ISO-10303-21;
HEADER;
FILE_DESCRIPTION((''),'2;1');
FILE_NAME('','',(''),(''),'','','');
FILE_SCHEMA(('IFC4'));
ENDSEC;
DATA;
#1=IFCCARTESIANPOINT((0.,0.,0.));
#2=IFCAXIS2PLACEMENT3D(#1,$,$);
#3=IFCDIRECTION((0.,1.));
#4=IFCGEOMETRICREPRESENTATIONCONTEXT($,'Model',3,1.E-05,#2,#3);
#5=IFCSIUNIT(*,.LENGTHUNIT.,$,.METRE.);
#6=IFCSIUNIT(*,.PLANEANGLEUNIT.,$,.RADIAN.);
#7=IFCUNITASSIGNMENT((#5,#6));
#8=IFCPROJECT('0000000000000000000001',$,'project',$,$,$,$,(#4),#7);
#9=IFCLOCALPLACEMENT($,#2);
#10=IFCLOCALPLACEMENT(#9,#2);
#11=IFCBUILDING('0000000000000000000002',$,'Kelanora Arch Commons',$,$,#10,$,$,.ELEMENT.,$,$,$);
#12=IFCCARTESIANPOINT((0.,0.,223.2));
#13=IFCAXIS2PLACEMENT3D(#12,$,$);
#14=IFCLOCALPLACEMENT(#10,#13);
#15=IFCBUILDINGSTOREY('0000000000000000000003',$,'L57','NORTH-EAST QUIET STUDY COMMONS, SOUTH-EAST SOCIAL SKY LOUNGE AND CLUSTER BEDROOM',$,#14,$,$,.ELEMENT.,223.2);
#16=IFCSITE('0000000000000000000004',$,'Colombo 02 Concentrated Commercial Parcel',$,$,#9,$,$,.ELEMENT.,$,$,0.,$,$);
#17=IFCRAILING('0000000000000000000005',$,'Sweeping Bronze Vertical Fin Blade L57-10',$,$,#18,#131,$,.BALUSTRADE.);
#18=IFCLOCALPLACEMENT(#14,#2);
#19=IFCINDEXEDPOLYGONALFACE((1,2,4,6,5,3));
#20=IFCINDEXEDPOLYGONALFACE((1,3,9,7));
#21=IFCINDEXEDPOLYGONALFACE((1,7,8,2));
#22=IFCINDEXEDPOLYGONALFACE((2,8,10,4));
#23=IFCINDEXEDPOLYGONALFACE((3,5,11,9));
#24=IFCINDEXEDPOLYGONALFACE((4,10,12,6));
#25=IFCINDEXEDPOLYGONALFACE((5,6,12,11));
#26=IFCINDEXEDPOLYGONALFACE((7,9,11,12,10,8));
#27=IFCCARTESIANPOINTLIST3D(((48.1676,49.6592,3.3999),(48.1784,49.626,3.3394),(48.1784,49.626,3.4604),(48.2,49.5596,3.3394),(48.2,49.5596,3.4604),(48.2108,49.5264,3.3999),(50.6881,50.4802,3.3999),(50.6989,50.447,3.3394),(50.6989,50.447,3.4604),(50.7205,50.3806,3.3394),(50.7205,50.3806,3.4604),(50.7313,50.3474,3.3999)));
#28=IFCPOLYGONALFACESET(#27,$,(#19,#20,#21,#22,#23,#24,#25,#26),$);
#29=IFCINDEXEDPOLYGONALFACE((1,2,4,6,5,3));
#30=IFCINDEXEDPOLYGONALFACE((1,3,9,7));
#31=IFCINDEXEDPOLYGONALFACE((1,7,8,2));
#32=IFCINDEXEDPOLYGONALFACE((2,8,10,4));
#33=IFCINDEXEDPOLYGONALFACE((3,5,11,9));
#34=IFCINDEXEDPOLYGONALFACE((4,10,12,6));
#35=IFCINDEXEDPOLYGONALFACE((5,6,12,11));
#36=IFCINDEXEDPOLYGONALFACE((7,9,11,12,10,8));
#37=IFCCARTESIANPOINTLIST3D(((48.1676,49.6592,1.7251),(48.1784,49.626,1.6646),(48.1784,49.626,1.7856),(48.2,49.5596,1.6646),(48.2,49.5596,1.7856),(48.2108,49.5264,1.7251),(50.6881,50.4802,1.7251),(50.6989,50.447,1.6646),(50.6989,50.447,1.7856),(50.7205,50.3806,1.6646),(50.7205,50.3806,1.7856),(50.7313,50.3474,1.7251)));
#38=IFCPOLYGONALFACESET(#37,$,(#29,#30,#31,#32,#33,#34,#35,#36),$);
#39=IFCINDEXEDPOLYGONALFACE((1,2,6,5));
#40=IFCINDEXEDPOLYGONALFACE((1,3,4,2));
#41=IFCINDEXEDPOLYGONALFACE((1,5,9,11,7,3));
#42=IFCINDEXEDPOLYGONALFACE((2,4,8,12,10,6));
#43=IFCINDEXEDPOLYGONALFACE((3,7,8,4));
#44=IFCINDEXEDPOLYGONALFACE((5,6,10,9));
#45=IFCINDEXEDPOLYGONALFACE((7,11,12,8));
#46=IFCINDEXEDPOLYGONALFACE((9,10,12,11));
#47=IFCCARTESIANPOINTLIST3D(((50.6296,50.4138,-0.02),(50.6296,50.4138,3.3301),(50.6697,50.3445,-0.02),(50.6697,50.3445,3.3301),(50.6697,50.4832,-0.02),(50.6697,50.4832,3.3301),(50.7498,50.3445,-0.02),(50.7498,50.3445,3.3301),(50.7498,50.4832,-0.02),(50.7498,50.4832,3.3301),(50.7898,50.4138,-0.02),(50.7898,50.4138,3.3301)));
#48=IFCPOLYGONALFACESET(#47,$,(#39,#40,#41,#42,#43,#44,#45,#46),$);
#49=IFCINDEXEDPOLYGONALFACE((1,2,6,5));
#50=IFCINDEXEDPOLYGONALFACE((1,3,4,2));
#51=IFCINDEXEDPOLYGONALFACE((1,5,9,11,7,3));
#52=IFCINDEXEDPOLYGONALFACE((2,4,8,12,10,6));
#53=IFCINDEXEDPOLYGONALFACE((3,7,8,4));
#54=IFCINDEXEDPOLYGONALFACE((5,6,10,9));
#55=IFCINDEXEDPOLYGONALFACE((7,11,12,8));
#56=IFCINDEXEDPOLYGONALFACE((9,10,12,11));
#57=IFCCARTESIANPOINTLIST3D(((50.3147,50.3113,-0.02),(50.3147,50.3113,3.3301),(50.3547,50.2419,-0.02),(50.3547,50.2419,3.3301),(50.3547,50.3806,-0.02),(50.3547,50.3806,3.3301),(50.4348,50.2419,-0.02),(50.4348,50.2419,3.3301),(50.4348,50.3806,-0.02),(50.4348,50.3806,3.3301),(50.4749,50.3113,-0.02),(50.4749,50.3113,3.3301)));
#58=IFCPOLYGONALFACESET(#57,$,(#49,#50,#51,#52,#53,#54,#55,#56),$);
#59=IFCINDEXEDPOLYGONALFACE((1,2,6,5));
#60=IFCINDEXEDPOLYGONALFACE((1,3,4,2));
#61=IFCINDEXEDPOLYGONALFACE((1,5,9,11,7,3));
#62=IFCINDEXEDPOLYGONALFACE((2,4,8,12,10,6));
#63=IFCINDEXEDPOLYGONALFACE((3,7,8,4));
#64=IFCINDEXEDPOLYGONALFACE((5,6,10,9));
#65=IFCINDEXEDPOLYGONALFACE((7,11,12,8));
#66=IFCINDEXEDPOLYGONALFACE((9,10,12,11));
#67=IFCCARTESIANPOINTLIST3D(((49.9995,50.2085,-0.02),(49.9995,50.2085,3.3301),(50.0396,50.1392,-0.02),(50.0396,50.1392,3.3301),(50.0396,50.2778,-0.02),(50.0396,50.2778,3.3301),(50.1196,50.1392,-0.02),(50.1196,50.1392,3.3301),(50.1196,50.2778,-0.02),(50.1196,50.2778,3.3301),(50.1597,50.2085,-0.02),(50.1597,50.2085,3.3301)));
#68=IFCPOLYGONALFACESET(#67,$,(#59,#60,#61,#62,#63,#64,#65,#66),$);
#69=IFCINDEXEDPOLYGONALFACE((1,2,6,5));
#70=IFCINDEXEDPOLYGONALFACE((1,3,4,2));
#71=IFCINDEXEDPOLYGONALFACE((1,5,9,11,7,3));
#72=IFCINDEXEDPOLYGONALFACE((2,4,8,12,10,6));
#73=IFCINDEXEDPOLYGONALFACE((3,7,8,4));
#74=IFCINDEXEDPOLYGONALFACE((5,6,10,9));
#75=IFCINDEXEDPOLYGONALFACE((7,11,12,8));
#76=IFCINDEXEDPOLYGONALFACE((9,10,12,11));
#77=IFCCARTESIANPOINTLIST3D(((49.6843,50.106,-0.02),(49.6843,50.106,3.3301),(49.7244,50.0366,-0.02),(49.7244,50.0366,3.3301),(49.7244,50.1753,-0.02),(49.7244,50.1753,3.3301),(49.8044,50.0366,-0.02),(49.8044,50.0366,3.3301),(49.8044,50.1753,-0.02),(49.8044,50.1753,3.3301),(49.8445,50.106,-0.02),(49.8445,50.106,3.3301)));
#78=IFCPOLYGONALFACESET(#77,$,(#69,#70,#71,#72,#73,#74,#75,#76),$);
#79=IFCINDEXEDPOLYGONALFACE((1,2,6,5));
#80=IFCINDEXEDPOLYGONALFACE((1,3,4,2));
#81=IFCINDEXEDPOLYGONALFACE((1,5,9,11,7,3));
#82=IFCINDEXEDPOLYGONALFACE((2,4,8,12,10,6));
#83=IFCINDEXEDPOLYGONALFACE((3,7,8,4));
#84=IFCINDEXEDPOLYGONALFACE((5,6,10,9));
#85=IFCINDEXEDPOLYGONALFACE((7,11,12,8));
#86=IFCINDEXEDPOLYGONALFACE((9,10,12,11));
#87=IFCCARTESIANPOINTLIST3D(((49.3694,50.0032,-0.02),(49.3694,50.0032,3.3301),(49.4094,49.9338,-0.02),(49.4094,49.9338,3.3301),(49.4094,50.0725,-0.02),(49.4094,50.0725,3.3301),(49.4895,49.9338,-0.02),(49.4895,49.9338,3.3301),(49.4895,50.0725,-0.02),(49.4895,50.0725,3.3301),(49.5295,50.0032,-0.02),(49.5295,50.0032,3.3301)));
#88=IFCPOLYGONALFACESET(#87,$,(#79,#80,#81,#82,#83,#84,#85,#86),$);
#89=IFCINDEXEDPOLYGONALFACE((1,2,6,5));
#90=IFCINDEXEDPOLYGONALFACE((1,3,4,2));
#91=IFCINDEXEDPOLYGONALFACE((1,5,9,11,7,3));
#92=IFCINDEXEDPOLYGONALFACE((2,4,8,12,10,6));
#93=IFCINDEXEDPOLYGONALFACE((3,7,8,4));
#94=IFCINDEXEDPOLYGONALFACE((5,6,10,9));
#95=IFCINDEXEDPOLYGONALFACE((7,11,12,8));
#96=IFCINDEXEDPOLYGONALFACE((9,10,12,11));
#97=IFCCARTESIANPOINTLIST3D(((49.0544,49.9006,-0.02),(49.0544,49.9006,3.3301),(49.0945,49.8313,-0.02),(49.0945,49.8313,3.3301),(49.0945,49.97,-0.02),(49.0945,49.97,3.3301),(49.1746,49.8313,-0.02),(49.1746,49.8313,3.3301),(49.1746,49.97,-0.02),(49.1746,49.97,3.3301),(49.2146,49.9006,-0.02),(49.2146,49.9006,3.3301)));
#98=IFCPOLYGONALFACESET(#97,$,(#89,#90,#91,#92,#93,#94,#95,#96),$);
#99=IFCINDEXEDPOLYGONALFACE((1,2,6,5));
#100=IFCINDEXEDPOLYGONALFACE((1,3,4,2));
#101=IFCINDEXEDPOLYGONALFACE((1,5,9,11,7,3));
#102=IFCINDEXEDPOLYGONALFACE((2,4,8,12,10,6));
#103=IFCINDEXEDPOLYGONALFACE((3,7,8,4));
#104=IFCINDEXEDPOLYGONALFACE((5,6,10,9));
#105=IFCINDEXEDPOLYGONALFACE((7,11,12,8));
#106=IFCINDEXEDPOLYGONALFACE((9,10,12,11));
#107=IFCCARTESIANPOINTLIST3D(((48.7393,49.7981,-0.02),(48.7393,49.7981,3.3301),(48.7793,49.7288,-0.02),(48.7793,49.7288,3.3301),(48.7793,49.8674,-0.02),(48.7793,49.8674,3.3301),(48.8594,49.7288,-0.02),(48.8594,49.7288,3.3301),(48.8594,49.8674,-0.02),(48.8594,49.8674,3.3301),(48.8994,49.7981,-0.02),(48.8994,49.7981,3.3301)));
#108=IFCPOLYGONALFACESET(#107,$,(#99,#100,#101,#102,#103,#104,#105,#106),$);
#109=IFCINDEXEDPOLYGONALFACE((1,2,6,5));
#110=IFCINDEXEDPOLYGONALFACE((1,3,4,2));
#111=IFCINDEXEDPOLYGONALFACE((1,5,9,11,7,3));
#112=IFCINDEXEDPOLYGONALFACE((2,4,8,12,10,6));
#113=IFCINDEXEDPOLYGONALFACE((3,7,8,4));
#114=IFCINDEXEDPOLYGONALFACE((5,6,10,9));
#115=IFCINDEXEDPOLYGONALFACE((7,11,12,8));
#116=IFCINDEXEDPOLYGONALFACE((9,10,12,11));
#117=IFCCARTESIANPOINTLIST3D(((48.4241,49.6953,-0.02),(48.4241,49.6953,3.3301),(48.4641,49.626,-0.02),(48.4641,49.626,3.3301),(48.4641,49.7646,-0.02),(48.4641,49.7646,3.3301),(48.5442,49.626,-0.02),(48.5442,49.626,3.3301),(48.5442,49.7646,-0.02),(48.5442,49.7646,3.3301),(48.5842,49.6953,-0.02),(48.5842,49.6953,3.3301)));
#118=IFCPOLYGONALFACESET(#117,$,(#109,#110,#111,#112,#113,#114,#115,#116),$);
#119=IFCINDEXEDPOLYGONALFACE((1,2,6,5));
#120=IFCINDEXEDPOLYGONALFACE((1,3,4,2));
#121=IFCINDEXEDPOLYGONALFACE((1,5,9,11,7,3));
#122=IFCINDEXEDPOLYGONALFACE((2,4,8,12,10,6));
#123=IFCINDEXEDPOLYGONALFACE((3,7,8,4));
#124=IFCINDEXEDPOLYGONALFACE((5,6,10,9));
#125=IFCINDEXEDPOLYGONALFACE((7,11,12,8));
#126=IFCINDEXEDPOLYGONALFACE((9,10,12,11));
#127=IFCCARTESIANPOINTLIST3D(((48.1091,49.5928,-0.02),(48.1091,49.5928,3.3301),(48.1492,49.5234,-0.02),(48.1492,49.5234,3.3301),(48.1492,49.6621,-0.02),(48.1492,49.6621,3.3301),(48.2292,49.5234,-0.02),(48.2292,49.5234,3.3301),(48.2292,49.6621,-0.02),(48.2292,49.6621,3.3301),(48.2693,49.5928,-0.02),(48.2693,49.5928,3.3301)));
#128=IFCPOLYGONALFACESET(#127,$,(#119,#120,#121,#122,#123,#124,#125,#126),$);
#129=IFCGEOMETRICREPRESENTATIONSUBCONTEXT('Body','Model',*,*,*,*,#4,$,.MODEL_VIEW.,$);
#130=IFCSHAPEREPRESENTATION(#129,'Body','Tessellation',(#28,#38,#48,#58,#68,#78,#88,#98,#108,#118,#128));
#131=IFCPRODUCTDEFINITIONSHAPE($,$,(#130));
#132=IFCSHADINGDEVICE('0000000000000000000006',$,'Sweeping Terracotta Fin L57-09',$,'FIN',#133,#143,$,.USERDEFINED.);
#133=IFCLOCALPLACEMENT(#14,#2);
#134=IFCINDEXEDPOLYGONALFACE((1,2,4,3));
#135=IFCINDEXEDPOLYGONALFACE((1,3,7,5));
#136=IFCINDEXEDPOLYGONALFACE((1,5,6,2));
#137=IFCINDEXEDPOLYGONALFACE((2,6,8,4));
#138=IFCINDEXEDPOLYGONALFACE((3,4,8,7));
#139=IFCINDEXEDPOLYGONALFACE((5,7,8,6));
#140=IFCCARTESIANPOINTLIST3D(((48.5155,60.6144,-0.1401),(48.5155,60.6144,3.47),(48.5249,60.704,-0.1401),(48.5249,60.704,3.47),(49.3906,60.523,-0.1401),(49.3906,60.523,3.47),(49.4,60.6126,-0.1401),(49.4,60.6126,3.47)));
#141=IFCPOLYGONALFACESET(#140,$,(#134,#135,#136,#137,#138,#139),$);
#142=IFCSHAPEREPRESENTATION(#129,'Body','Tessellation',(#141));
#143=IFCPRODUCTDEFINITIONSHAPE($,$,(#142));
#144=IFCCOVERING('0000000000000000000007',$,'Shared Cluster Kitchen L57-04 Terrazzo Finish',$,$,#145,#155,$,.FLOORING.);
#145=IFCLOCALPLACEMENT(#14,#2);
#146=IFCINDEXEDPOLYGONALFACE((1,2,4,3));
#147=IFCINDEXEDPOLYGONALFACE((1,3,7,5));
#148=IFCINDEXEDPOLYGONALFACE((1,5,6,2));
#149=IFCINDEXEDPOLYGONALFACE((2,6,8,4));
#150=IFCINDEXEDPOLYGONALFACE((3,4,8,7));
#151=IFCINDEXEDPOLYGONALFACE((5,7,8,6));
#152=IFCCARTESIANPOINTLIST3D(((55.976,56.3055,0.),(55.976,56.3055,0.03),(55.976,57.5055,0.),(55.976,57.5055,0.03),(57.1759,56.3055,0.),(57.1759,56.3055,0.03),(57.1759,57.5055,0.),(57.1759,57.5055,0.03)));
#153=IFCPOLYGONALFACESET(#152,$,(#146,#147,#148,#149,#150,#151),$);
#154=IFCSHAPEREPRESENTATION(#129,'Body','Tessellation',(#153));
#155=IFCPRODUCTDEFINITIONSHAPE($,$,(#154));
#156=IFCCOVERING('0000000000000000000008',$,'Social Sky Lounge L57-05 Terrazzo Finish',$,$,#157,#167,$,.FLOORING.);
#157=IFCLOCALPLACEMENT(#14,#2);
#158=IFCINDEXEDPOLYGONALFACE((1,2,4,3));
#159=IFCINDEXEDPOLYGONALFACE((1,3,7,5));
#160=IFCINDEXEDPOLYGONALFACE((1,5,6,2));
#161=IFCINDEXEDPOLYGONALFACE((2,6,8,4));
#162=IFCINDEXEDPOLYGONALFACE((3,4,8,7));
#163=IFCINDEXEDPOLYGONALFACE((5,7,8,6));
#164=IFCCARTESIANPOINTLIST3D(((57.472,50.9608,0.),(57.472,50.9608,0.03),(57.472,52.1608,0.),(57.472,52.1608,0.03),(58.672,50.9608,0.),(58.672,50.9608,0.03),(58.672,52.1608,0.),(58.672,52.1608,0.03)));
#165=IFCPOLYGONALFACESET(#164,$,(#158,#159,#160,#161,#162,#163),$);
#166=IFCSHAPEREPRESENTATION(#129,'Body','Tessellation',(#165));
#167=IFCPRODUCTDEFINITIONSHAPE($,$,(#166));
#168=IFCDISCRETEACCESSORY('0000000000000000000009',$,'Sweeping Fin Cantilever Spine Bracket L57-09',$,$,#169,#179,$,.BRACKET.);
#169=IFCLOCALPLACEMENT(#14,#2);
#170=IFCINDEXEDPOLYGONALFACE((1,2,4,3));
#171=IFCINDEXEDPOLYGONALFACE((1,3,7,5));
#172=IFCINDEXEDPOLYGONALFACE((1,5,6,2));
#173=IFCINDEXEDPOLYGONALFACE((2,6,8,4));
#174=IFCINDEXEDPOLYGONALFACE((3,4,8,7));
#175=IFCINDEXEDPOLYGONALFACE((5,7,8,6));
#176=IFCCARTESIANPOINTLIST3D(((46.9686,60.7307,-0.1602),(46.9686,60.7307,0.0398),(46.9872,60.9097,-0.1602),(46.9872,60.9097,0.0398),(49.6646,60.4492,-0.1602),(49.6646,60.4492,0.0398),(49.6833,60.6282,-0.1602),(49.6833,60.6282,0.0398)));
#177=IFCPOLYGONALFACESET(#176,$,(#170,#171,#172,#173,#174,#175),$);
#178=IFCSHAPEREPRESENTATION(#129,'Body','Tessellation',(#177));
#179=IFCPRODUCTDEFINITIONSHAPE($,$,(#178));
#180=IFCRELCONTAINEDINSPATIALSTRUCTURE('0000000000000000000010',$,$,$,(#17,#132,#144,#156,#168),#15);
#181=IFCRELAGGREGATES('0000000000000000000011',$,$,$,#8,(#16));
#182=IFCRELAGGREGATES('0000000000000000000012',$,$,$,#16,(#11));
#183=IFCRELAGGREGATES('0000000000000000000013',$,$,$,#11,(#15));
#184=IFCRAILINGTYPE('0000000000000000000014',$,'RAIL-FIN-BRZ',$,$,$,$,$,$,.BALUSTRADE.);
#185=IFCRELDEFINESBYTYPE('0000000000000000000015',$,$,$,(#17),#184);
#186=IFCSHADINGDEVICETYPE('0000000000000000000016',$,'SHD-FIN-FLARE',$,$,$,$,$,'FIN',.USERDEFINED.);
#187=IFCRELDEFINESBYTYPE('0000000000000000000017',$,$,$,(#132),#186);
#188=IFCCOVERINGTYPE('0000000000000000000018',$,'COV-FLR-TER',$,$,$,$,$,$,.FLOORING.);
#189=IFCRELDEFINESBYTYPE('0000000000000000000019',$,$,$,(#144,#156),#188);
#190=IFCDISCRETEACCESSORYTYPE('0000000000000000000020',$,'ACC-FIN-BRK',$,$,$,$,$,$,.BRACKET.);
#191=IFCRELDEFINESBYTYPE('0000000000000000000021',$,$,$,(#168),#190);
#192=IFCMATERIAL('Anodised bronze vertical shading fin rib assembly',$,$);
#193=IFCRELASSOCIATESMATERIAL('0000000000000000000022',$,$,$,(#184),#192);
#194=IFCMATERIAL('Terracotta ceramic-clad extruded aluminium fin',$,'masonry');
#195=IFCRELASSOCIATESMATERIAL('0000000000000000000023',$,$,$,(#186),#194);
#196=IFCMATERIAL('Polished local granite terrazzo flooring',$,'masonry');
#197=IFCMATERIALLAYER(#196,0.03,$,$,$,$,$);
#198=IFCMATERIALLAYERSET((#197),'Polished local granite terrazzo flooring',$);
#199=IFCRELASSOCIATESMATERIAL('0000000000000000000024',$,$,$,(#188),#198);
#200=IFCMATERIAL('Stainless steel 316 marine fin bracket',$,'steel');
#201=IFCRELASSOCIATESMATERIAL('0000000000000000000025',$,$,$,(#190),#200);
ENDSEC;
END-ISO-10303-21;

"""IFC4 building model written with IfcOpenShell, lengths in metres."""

from ifc_helpers import new_model, si_unit, direction, frame, origin, origin_2d, place, context, subcontext, project, spatial, polyline, rectangle, outline, extrude, source, transform, mapped, material, layer, layer_set, type_object, element, save


model = new_model("IFC4")

# Units and contexts
model_context = context("Model", 3, precision=1e-05, world=origin(), true_north=direction((0.0, 1.0)))
body_context = subcontext(model_context, "Body", "Model", "MODEL_VIEW")
ifc_project = project(units=[si_unit("LENGTHUNIT", "METRE"), si_unit("PLANEANGLEUNIT", "RADIAN")], contexts=[model_context])

# Site, building, storey
site_placement = place(None, origin())
site = spatial("IfcSite", under=ifc_project, at=site_placement, Name="Colombo 02 Concentrated Commercial Parcel", CompositionType="ELEMENT", RefElevation=0.0)
building_placement = place(site_placement, origin())
building = spatial("IfcBuilding", under=site, at=building_placement, Name="Kelanora Arch Commons", CompositionType="ELEMENT")
storey_placement = place(building_placement, frame((0.0, 0.0, 223.2)))
storey = spatial("IfcBuildingStorey", under=building, at=storey_placement, Name="L57", Description="NORTH-EAST QUIET STUDY COMMONS, SOUTH-EAST SOCIAL SKY LOUNGE AND CLUSTER BEDROOM", CompositionType="ELEMENT", Elevation=223.2)

# Railing
ifc_material_1 = material(Name="Anodised bronze vertical shading fin rib assembly")
railing_type = type_object("IfcRailingType", Name="RAIL-FIN-BRZ", PredefinedType="BALUSTRADE", material=ifc_material_1)
railing_1_placement = place(storey_placement, frame((50.7097, 50.4138, -0.02)))
element("IfcRailing", 1, at=railing_1_placement, inside=storey, type_object=railing_type, Name="Sweeping Bronze Vertical Fin Blade L57-10", PredefinedType="BALUSTRADE", context=body_context, shape_type="SweptSolid", body=[
    extrude(outline(polyline([(0.0698, 0.0), (0.0349, 0.0605), (-0.0349, 0.0605), (-0.0698, 0.0), (-0.0349, -0.0605), (0.0349, -0.0605), (0.0698, 0.0)])), frame((0.0, 0.0, 3.4199), z_axis=(-0.950825, -0.309727, 0.0), x_axis=(0.309727, -0.950825, 0.0)), (0.0, 0.0, 1.0), 2.6509),
    extrude(outline(polyline([(0.0698, 0.0), (0.0349, 0.0605), (-0.0349, 0.0605), (-0.0698, 0.0), (-0.0349, -0.0605), (0.0349, -0.0605), (0.0698, 0.0)])), frame((0.0, 0.0, 1.7451), z_axis=(-0.950825, -0.309727, 0.0), x_axis=(0.309727, -0.950825, 0.0)), (0.0, 0.0, 1.0), 2.6509),
    extrude(outline(polyline([(0.0801, 0.0), (0.04, 0.0693), (-0.04, 0.0693), (-0.0801, 0.0), (-0.04, -0.0693), (0.04, -0.0693), (0.0801, 0.0)])), origin(), (0.0, 0.0, 1.0), 3.3501),
    extrude(outline(polyline([(0.0801, 0.0), (0.04, 0.0693), (-0.04, 0.0693), (-0.0801, 0.0), (-0.04, -0.0693), (0.04, -0.0693), (0.0801, 0.0)])), frame((-0.3149, -0.1025, 0.0)), (0.0, 0.0, 1.0), 3.3501),
    extrude(outline(polyline([(0.0801, 0.0), (0.04, 0.0693), (-0.04, 0.0693), (-0.0801, 0.0), (-0.04, -0.0693), (0.04, -0.0693), (0.0801, 0.0)])), frame((-0.6301, -0.2053, 0.0)), (0.0, 0.0, 1.0), 3.3501),
    extrude(outline(polyline([(0.0801, 0.0), (0.04, 0.0693), (-0.04, 0.0693), (-0.0801, 0.0), (-0.04, -0.0693), (0.04, -0.0693), (0.0801, 0.0)])), frame((-0.9453, -0.3079, 0.0)), (0.0, 0.0, 1.0), 3.3501),
    extrude(outline(polyline([(0.0801, 0.0), (0.04, 0.0693), (-0.04, 0.0693), (-0.0801, 0.0), (-0.04, -0.0693), (0.04, -0.0693), (0.0801, 0.0)])), frame((-1.2603, -0.4106, 0.0)), (0.0, 0.0, 1.0), 3.3501),
    extrude(outline(polyline([(0.0801, 0.0), (0.04, 0.0693), (-0.04, 0.0693), (-0.0801, 0.0), (-0.04, -0.0693), (0.04, -0.0693), (0.0801, 0.0)])), frame((-1.5752, -0.5132, 0.0)), (0.0, 0.0, 1.0), 3.3501),
    extrude(outline(polyline([(0.0801, 0.0), (0.04, 0.0693), (-0.04, 0.0693), (-0.0801, 0.0), (-0.04, -0.0693), (0.04, -0.0693), (0.0801, 0.0)])), frame((-1.8904, -0.6157, 0.0)), (0.0, 0.0, 1.0), 3.3501),
    extrude(outline(polyline([(0.0801, 0.0), (0.04, 0.0693), (-0.04, 0.0693), (-0.0801, 0.0), (-0.04, -0.0693), (0.04, -0.0693), (0.0801, 0.0)])), frame((-2.2056, -0.7185, 0.0)), (0.0, 0.0, 1.0), 3.3501),
    extrude(outline(polyline([(0.0801, 0.0), (0.04, 0.0693), (-0.04, 0.0693), (-0.0801, 0.0), (-0.04, -0.0693), (0.04, -0.0693), (0.0801, 0.0)])), frame((-2.5205, -0.821, 0.0)), (0.0, 0.0, 1.0), 3.3501),
])

# Shading device
ifc_material_2 = material(Name="Terracotta ceramic-clad extruded aluminium fin", Category="masonry")
shading_device_type = type_object("IfcShadingDeviceType", Name="SHD-FIN-FLARE", ElementType="FIN", PredefinedType="USERDEFINED", material=ifc_material_2)
shared_shape_1 = source(origin(), body_context, "Body", "SweptSolid", [
    extrude(rectangle(XDim=0.8799, YDim=0.0901, at=origin_2d()), origin(), (0.0, 0.0, 1.0), 3.6101),
])
shading_device_placement = place(storey_placement, frame((48.9578, 60.6135, -0.1401), z_axis=(0.0, 0.0, 1.0), x_axis=(-0.994595, 0.103834, 0.0)))
element("IfcShadingDevice", 2, at=shading_device_placement, inside=storey, type_object=shading_device_type, Name="Sweeping Terracotta Fin L57-09", ObjectType="FIN", PredefinedType="USERDEFINED", context=body_context, shape_type="MappedRepresentation", body=[
    mapped(shared_shape_1, transform((0.0, 0.0, 0.0), scale=1.0)),
])

# Coverings
ifc_material_3 = material(Name="Polished local granite terrazzo flooring", Category="masonry")
ifc_layer_1 = layer(ifc_material_3, 0.03)
ifc_layer_set_1 = layer_set([ifc_layer_1], Name="Polished local granite terrazzo flooring")
covering_type = type_object("IfcCoveringType", Name="COV-FLR-TER", PredefinedType="FLOORING", material=ifc_layer_set_1)
shared_shape_2 = source(origin(), body_context, "Body", "SweptSolid", [
    extrude(rectangle(XDim=1.2, YDim=1.2, at=origin_2d()), origin(), (0.0, 0.0, 1.0), 0.03),
])
for number, where, z_axis, x_axis, name in (
    (3, (56.5759, 56.9055, 0.0), (0.0, 0.0, 1.0), (1.0, 0.0, 0.0), "Shared Cluster Kitchen L57-04 Terrazzo Finish"),
    (4, (58.072, 51.5608, 0.0), (0.0, 0.0, 1.0), (1.0, 0.0, 0.0), "Social Sky Lounge L57-05 Terrazzo Finish"),
):
    element("IfcCovering", number, at=place(storey_placement, frame(where, z_axis=z_axis, x_axis=x_axis)), inside=storey, type_object=covering_type, Name=name, PredefinedType="FLOORING", context=body_context, shape_type="MappedRepresentation", body=[
        mapped(shared_shape_2, transform((0.0, 0.0, 0.0), scale=1.0)),
    ])

# Discrete accessory
ifc_material_4 = material(Name="Stainless steel 316 marine fin bracket", Category="steel")
discrete_accessory_type = type_object("IfcDiscreteAccessoryType", Name="ACC-FIN-BRK", PredefinedType="BRACKET", material=ifc_material_4)
shared_shape_3 = source(origin(), body_context, "Body", "SweptSolid", [
    extrude(rectangle(XDim=2.7107, YDim=0.1799, at=origin_2d()), origin(), (0.0, 0.0, 1.0), 0.2),
])
discrete_accessory_placement = place(storey_placement, frame((48.3259, 60.6794, -0.1602), z_axis=(0.0, 0.0, 1.0), x_axis=(-0.994595, 0.103834, 0.0)))
element("IfcDiscreteAccessory", 5, at=discrete_accessory_placement, inside=storey, type_object=discrete_accessory_type, Name="Sweeping Fin Cantilever Spine Bracket L57-09", PredefinedType="BRACKET", context=body_context, shape_type="MappedRepresentation", body=[
    mapped(shared_shape_3, transform((0.0, 0.0, 0.0), scale=1.0)),
])

save(model, "model.ifc")
